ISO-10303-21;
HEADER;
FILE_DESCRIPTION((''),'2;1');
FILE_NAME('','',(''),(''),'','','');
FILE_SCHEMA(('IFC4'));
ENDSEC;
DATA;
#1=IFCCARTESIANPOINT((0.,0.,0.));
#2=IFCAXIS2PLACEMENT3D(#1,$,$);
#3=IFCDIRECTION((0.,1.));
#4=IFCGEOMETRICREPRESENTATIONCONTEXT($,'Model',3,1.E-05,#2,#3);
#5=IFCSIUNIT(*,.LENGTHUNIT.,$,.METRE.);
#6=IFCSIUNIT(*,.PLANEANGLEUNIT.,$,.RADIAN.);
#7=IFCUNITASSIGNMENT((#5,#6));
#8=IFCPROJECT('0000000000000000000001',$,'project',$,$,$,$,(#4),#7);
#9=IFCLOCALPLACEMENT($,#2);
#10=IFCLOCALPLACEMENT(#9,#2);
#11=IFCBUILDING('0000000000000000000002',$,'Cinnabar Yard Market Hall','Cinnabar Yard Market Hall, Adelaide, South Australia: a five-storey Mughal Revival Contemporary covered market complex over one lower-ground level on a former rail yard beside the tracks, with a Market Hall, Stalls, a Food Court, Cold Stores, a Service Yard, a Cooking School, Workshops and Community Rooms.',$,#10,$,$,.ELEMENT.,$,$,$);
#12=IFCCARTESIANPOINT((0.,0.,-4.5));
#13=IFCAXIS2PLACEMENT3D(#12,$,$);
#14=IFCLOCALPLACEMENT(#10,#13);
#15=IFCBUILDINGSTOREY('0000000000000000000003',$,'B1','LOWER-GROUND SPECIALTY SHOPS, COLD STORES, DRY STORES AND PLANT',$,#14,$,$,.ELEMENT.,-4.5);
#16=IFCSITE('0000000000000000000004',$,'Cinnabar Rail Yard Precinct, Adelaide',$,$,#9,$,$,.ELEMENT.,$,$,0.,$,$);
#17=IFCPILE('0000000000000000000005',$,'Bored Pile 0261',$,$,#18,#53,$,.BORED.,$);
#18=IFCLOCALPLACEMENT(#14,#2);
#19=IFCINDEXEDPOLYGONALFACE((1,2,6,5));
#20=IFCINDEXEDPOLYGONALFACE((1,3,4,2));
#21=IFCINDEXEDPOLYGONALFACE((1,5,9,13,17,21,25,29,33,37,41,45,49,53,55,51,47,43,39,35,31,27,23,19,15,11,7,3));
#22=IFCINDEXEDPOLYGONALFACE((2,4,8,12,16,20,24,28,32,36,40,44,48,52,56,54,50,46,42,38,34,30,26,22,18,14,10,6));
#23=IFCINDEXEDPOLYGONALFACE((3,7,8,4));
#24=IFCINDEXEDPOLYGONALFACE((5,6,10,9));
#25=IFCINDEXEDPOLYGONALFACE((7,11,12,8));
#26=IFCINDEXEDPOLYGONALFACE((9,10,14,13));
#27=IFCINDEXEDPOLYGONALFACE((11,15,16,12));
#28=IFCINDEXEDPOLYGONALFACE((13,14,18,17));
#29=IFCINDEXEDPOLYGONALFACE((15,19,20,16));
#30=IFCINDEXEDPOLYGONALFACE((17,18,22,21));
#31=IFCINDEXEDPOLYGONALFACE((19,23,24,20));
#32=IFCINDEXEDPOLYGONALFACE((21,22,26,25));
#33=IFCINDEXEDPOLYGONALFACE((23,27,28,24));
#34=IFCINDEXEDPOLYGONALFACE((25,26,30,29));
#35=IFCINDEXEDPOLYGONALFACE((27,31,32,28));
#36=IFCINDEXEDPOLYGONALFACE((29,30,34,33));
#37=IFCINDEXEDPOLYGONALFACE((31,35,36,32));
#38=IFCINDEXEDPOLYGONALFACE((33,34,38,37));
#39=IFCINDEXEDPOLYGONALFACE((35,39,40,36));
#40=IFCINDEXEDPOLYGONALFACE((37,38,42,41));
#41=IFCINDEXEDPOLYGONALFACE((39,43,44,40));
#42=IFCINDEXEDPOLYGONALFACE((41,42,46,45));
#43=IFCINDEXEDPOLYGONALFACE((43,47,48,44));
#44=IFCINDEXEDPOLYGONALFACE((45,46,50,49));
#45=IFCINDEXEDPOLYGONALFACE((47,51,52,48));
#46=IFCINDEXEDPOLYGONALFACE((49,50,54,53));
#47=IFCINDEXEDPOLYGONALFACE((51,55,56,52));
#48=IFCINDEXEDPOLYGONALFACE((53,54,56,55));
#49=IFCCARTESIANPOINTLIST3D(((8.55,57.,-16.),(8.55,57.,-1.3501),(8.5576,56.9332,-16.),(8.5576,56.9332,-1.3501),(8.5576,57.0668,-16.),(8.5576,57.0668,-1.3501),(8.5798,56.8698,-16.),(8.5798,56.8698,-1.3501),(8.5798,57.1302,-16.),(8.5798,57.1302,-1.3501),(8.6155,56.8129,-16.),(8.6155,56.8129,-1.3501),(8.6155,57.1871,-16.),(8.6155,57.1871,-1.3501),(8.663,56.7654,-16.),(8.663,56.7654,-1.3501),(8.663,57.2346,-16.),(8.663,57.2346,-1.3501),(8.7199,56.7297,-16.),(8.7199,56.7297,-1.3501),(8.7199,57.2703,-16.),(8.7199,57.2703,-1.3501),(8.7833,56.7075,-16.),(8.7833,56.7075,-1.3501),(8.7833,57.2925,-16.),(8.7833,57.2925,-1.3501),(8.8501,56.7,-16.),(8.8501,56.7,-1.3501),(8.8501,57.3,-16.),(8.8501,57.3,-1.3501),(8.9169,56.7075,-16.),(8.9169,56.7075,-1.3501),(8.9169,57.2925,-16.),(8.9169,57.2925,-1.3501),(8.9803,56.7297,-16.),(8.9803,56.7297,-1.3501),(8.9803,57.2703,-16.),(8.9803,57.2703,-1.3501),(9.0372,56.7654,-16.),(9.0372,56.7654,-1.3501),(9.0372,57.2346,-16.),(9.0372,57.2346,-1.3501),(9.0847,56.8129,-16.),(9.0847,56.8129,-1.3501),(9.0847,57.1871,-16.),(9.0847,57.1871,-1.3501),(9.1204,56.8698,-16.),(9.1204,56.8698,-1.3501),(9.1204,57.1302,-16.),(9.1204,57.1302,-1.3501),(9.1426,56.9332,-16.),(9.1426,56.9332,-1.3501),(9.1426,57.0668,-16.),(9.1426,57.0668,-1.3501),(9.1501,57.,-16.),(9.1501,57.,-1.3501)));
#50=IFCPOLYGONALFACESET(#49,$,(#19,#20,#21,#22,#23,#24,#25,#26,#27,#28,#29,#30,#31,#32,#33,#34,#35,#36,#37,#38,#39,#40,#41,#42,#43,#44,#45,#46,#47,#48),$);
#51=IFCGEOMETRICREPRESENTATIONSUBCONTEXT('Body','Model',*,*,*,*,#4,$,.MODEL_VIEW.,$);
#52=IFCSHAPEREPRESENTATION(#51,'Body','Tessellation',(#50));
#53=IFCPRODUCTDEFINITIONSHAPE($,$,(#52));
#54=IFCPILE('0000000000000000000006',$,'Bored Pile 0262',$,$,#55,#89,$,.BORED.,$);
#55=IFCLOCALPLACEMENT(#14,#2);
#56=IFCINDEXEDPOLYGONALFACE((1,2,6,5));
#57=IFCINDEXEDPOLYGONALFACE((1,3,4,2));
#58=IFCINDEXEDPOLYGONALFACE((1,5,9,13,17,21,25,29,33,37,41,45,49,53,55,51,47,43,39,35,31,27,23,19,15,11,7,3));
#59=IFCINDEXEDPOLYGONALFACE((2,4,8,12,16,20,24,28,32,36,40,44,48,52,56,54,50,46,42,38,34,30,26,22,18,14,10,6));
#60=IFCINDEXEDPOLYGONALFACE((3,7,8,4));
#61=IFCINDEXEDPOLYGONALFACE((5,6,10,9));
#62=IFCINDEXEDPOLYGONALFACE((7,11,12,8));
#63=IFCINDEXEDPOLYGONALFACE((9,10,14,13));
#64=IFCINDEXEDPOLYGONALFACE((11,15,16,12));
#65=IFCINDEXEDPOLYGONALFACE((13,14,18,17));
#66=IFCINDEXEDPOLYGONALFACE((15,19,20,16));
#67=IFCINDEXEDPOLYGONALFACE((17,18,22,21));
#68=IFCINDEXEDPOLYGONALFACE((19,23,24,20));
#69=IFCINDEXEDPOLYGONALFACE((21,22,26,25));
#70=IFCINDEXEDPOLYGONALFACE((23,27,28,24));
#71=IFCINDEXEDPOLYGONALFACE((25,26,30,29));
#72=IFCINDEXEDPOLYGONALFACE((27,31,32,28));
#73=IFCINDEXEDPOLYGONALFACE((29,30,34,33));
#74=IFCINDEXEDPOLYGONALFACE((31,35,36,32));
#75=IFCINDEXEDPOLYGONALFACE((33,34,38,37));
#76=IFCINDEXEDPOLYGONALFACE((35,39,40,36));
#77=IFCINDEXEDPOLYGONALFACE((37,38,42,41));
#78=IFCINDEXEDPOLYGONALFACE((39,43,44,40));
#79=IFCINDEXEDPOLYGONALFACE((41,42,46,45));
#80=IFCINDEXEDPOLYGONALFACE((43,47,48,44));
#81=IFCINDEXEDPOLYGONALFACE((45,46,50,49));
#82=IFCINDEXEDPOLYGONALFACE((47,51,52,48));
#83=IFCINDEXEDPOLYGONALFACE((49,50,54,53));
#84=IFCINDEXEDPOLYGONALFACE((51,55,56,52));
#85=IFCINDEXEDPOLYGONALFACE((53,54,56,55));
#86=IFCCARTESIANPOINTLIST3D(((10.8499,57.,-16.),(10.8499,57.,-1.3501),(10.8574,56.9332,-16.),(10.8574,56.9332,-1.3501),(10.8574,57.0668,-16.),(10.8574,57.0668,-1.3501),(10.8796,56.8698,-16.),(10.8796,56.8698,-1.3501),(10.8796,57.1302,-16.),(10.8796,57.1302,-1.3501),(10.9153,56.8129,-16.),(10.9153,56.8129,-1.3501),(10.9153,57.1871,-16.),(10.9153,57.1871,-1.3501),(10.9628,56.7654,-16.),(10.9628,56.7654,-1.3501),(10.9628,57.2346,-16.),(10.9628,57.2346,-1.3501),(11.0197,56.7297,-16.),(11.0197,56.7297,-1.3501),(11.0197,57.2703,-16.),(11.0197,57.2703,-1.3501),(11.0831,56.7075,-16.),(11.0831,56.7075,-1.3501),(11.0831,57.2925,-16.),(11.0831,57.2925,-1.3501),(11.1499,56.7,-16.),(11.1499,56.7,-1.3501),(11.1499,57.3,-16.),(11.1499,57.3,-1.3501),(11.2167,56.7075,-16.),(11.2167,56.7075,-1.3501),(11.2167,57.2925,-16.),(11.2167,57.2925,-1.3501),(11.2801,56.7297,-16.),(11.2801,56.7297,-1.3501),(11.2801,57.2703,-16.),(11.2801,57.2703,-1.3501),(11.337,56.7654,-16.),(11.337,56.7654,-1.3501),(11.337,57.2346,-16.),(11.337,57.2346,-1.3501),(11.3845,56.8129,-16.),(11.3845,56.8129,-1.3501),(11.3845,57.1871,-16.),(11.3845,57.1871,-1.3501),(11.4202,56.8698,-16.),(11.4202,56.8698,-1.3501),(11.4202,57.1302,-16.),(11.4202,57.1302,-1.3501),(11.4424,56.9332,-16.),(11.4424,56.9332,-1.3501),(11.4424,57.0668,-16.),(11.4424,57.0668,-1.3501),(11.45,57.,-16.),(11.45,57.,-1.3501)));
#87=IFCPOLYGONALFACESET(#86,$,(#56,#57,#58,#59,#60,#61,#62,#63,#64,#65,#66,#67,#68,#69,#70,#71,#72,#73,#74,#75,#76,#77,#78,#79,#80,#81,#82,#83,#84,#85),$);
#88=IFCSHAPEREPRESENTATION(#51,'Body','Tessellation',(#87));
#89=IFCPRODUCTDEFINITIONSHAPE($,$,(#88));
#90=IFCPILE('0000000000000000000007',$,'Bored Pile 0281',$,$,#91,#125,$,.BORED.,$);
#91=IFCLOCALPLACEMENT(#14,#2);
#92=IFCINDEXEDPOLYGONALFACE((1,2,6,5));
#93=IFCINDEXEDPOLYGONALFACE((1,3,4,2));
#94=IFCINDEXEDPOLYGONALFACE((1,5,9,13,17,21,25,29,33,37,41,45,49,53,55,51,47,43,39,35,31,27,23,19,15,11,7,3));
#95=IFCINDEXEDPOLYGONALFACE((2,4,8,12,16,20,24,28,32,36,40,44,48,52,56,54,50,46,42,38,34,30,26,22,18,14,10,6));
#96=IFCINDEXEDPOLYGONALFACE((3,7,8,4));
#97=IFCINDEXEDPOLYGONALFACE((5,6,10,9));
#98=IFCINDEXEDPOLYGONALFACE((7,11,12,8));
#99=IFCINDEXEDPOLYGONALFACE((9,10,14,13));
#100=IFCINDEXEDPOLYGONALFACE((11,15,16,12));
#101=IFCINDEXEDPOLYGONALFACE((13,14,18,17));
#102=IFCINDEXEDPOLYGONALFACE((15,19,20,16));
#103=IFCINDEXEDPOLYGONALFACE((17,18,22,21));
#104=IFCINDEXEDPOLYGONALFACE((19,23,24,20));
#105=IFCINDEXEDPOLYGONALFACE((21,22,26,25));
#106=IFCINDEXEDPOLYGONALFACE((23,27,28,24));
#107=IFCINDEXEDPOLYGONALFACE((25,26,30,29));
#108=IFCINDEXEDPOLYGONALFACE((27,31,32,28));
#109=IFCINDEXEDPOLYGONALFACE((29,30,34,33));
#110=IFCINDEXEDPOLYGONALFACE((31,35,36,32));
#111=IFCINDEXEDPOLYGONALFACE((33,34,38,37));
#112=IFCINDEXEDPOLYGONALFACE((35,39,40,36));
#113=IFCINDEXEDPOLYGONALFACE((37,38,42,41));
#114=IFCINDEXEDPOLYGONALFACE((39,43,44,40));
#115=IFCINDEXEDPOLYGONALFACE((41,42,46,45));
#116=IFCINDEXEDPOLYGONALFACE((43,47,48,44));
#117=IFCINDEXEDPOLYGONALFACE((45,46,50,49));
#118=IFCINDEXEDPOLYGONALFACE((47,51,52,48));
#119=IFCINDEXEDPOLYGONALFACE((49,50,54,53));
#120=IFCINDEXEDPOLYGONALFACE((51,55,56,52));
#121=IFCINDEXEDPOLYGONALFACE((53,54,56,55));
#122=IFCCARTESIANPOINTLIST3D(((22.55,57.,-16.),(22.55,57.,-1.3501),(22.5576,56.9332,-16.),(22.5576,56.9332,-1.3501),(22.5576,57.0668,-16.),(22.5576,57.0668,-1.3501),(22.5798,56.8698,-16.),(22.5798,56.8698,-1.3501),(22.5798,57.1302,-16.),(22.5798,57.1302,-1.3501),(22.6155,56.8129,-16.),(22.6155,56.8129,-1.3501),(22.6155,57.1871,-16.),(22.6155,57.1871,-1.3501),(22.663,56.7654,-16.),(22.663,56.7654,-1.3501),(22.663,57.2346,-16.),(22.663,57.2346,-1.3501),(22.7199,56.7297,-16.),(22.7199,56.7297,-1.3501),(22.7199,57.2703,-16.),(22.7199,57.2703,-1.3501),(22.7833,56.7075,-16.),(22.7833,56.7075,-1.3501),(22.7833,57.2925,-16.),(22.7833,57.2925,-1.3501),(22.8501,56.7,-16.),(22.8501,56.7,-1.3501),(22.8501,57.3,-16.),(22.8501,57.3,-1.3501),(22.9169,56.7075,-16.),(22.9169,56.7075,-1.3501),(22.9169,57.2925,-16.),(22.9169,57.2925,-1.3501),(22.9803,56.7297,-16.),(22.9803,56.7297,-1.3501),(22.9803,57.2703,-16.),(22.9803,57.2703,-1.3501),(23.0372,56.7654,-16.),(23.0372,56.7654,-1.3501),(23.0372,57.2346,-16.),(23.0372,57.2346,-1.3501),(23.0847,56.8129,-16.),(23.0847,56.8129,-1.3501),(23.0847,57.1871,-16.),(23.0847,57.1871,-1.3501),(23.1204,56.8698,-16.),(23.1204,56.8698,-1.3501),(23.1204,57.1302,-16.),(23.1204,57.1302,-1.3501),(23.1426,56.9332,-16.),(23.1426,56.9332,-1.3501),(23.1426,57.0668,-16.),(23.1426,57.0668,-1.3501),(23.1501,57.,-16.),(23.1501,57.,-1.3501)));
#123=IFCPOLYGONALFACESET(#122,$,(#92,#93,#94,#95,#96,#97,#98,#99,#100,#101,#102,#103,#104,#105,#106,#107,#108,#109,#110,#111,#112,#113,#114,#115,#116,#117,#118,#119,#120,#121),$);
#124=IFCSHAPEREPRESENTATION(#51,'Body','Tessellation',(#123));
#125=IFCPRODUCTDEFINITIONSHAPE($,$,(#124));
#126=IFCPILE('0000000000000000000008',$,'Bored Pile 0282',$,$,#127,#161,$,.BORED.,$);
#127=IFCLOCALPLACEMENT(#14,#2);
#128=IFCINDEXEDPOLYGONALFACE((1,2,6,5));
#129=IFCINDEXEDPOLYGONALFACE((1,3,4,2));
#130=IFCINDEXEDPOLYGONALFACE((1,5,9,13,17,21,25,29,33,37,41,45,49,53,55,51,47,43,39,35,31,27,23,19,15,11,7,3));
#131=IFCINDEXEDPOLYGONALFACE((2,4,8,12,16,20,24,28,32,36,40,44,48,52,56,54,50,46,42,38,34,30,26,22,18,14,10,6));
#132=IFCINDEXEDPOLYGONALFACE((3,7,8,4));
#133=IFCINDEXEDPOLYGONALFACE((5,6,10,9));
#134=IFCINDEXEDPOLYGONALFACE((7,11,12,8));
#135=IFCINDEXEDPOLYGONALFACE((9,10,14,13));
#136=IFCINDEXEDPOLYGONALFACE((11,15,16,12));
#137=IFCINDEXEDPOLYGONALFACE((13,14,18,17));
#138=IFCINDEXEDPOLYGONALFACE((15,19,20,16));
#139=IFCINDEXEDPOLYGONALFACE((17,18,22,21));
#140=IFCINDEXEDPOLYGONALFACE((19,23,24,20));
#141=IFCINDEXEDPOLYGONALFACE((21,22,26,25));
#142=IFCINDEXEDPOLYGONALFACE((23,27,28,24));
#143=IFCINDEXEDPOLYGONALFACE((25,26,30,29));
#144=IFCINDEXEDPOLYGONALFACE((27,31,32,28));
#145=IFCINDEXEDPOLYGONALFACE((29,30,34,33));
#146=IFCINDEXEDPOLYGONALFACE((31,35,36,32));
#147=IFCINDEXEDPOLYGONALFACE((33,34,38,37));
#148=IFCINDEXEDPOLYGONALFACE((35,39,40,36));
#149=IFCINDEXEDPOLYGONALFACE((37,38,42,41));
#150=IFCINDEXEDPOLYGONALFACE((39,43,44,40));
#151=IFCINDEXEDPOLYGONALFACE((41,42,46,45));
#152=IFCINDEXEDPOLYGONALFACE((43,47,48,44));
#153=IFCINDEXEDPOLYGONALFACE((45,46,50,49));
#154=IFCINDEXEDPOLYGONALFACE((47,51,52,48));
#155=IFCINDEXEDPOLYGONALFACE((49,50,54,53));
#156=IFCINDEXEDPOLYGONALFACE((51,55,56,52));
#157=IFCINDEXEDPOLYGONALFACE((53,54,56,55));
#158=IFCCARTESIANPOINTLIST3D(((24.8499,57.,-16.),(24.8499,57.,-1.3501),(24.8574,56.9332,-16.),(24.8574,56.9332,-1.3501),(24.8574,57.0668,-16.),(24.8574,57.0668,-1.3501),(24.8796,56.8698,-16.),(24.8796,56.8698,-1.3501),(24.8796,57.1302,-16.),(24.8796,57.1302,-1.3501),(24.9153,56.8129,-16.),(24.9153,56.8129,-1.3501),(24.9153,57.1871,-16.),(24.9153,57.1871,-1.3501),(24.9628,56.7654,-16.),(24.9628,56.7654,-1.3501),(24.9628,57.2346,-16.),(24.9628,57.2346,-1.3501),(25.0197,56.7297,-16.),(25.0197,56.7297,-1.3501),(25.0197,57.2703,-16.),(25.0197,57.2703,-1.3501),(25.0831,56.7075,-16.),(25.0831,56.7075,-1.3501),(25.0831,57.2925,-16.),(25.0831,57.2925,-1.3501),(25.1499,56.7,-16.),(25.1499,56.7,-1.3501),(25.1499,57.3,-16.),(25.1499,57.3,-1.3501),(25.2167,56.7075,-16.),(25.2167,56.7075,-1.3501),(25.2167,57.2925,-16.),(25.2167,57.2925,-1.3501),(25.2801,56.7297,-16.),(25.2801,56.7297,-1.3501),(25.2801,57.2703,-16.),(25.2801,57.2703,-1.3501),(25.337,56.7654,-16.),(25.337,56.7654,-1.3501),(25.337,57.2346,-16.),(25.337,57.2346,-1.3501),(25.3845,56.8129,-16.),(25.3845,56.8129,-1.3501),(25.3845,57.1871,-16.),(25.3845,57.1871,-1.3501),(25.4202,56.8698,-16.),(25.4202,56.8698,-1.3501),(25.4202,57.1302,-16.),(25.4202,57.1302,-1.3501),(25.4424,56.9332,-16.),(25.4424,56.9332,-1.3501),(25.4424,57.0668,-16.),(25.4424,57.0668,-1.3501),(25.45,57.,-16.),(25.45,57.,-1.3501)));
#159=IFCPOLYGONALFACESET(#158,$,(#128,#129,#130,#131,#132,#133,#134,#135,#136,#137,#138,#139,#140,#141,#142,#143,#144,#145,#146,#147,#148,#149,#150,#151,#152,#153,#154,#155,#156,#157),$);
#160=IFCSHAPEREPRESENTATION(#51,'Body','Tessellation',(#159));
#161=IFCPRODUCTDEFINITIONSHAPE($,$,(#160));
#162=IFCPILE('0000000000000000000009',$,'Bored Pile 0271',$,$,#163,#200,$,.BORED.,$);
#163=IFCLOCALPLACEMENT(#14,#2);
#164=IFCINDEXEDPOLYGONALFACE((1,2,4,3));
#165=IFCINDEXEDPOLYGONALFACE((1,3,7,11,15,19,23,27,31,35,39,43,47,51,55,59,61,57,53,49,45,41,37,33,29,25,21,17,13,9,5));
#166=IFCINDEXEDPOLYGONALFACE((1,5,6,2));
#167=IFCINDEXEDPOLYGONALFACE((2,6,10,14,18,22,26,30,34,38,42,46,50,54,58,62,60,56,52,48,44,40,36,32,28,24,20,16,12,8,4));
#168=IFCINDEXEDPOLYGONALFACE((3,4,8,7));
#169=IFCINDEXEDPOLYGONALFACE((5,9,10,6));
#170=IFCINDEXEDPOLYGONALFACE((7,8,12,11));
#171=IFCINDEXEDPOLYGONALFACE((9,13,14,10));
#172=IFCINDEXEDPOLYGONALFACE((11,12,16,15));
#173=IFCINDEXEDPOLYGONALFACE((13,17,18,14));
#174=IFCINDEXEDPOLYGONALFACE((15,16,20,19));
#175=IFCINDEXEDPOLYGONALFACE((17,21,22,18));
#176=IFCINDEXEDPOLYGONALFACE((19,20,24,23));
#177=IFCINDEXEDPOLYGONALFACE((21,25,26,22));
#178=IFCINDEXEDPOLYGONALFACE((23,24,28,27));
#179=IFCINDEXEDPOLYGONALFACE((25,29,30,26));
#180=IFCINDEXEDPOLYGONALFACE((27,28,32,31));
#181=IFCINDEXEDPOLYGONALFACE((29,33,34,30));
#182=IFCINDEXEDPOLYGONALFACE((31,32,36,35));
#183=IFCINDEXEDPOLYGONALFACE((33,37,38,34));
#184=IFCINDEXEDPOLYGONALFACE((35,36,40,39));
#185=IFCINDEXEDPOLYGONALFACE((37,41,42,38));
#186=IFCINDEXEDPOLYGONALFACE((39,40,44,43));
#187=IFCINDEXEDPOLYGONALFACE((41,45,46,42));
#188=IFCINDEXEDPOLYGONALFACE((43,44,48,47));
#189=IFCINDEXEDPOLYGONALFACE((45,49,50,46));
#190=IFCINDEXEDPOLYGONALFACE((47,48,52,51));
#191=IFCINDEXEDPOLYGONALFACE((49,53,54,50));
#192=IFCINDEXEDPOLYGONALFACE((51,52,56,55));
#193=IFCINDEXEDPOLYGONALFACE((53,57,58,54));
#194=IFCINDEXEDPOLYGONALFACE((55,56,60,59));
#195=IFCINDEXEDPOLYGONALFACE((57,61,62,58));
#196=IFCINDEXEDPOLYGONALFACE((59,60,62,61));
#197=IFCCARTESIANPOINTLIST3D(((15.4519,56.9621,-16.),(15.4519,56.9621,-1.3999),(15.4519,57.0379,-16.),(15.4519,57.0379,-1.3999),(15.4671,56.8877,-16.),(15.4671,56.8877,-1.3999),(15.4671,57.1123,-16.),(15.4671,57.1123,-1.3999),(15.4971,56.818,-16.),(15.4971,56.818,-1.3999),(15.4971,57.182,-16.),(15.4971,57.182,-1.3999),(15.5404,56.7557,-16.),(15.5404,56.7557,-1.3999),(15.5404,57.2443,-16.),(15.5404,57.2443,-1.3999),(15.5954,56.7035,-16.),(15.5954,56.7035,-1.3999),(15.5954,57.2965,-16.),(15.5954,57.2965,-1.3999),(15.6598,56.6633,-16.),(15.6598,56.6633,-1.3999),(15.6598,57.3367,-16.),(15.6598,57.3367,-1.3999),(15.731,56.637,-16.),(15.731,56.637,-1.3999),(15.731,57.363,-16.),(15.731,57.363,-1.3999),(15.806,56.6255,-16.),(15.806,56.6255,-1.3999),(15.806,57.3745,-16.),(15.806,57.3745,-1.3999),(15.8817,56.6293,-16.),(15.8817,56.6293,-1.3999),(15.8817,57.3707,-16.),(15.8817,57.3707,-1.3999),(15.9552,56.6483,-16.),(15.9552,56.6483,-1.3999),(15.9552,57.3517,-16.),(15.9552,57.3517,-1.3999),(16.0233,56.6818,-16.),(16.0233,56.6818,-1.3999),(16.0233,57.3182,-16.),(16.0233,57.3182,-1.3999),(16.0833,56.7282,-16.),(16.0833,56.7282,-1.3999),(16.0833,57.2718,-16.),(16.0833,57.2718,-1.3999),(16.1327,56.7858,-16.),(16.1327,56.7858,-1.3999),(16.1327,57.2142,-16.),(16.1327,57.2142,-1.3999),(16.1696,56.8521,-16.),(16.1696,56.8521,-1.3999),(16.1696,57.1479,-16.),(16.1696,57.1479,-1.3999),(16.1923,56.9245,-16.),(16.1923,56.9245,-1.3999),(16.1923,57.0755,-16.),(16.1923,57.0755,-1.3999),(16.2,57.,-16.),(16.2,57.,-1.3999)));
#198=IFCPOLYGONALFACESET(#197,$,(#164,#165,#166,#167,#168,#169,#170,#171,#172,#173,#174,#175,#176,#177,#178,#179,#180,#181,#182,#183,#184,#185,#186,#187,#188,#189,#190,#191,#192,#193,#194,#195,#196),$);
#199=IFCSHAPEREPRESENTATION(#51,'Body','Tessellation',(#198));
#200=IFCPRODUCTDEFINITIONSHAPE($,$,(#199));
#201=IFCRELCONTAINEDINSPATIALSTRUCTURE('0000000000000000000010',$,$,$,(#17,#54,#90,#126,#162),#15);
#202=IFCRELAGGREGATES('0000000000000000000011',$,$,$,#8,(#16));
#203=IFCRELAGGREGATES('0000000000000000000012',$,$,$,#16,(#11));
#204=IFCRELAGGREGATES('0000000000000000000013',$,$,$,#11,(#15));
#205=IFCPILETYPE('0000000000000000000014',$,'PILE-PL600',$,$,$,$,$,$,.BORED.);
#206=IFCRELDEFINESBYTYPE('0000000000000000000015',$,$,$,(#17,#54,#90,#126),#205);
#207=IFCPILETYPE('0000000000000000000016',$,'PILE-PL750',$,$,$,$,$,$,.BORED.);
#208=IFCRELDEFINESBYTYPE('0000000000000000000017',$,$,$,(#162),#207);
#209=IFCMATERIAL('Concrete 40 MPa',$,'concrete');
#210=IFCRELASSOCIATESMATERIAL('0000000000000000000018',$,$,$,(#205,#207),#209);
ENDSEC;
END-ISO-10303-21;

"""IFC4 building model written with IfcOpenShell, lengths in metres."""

from ifc_helpers import new_model, si_unit, direction, frame, origin, origin_2d_with_axis, place, context, subcontext, project, spatial, circle, extrude, material, material_profile, profile_set, type_object, element, save


model = new_model("IFC4")

# Units and contexts
model_context = context("Model", 3, precision=1e-05, world=origin(), true_north=direction((0.0, 1.0)))
body_context = subcontext(model_context, "Body", "Model", "MODEL_VIEW")
ifc_project = project(units=[si_unit("LENGTHUNIT", "METRE"), si_unit("PLANEANGLEUNIT", "RADIAN")], contexts=[model_context])

# Site, building, storey
site_placement = place(None, origin())
site = spatial("IfcSite", under=ifc_project, at=site_placement, Name="Cinnabar Rail Yard Precinct, Adelaide", CompositionType="ELEMENT", RefElevation=0.0)
building_placement = place(site_placement, origin())
building = spatial("IfcBuilding", under=site, at=building_placement, Name="Cinnabar Yard Market Hall", Description="Cinnabar Yard Market Hall, Adelaide, South Australia: a five-storey Mughal Revival Contemporary covered market complex over one lower-ground level on a former rail yard beside the tracks, with a Market Hall, Stalls, a Food Court, Cold Stores, a Service Yard, a Cooking School, Workshops and Community Rooms.", CompositionType="ELEMENT")
storey_placement = place(building_placement, frame((0.0, 0.0, -4.5)))
storey = spatial("IfcBuildingStorey", under=building, at=storey_placement, Name="B1", Description="LOWER-GROUND SPECIALTY SHOPS, COLD STORES, DRY STORES AND PLANT", CompositionType="ELEMENT", Elevation=-4.5)

# Shared definitions
ifc_material_1 = material(Name="Concrete 40 MPa", Category="concrete")

# Piles
ifc_material_profile_1 = material_profile(ifc_material_1, circle(Radius=0.3, at=origin_2d_with_axis()), Name="PILE-D600")
ifc_profile_set_1 = profile_set([ifc_material_profile_1], Name="Concrete 40 MPa")
pile_type_1 = type_object("IfcPileType", Name="PILE-PL600", PredefinedType="BORED", material=ifc_profile_set_1)
for number, where, z_axis, x_axis, name in (
    (1, (8.8501, 57.0, -1.3501), (0.0, 0.0, -1.0), (1.0, 0.0, 0.0), "Bored Pile 0261"),
    (2, (11.1499, 57.0, -1.3501), (0.0, 0.0, -1.0), (1.0, 0.0, 0.0), "Bored Pile 0262"),
    (3, (22.8501, 57.0, -1.3501), (0.0, 0.0, -1.0), (1.0, 0.0, 0.0), "Bored Pile 0281"),
    (4, (25.1499, 57.0, -1.3501), (0.0, 0.0, -1.0), (1.0, 0.0, 0.0), "Bored Pile 0282"),
):
    element("IfcPile", number, at=place(storey_placement, frame(where, z_axis=z_axis, x_axis=x_axis)), inside=storey, type_object=pile_type_1, Name=name, PredefinedType="BORED", context=body_context, shape_type="SweptSolid", body=[
        extrude(circle(Radius=0.3, at=origin_2d_with_axis()), origin(), (0.0, 0.0, 1.0), 14.6499),
    ])
ifc_material_profile_2 = material_profile(ifc_material_1, circle(Radius=0.375, at=origin_2d_with_axis()), Name="PILE-D750")
ifc_profile_set_2 = profile_set([ifc_material_profile_2], Name="Concrete 40 MPa")
pile_type_2 = type_object("IfcPileType", Name="PILE-PL750", PredefinedType="BORED", material=ifc_profile_set_2)
for number, where, z_axis, x_axis, name in (
    (5, (15.825, 57.0, -1.3999), (0.0, 0.0, -1.0), (1.0, 0.0, 0.0), "Bored Pile 0271"),
):
    element("IfcPile", number, at=place(storey_placement, frame(where, z_axis=z_axis, x_axis=x_axis)), inside=storey, type_object=pile_type_2, Name=name, PredefinedType="BORED", context=body_context, shape_type="SweptSolid", body=[
        extrude(circle(Radius=0.375, at=origin_2d_with_axis()), origin(), (0.0, 0.0, 1.0), 14.6001),
    ])

save(model, "model.ifc")
